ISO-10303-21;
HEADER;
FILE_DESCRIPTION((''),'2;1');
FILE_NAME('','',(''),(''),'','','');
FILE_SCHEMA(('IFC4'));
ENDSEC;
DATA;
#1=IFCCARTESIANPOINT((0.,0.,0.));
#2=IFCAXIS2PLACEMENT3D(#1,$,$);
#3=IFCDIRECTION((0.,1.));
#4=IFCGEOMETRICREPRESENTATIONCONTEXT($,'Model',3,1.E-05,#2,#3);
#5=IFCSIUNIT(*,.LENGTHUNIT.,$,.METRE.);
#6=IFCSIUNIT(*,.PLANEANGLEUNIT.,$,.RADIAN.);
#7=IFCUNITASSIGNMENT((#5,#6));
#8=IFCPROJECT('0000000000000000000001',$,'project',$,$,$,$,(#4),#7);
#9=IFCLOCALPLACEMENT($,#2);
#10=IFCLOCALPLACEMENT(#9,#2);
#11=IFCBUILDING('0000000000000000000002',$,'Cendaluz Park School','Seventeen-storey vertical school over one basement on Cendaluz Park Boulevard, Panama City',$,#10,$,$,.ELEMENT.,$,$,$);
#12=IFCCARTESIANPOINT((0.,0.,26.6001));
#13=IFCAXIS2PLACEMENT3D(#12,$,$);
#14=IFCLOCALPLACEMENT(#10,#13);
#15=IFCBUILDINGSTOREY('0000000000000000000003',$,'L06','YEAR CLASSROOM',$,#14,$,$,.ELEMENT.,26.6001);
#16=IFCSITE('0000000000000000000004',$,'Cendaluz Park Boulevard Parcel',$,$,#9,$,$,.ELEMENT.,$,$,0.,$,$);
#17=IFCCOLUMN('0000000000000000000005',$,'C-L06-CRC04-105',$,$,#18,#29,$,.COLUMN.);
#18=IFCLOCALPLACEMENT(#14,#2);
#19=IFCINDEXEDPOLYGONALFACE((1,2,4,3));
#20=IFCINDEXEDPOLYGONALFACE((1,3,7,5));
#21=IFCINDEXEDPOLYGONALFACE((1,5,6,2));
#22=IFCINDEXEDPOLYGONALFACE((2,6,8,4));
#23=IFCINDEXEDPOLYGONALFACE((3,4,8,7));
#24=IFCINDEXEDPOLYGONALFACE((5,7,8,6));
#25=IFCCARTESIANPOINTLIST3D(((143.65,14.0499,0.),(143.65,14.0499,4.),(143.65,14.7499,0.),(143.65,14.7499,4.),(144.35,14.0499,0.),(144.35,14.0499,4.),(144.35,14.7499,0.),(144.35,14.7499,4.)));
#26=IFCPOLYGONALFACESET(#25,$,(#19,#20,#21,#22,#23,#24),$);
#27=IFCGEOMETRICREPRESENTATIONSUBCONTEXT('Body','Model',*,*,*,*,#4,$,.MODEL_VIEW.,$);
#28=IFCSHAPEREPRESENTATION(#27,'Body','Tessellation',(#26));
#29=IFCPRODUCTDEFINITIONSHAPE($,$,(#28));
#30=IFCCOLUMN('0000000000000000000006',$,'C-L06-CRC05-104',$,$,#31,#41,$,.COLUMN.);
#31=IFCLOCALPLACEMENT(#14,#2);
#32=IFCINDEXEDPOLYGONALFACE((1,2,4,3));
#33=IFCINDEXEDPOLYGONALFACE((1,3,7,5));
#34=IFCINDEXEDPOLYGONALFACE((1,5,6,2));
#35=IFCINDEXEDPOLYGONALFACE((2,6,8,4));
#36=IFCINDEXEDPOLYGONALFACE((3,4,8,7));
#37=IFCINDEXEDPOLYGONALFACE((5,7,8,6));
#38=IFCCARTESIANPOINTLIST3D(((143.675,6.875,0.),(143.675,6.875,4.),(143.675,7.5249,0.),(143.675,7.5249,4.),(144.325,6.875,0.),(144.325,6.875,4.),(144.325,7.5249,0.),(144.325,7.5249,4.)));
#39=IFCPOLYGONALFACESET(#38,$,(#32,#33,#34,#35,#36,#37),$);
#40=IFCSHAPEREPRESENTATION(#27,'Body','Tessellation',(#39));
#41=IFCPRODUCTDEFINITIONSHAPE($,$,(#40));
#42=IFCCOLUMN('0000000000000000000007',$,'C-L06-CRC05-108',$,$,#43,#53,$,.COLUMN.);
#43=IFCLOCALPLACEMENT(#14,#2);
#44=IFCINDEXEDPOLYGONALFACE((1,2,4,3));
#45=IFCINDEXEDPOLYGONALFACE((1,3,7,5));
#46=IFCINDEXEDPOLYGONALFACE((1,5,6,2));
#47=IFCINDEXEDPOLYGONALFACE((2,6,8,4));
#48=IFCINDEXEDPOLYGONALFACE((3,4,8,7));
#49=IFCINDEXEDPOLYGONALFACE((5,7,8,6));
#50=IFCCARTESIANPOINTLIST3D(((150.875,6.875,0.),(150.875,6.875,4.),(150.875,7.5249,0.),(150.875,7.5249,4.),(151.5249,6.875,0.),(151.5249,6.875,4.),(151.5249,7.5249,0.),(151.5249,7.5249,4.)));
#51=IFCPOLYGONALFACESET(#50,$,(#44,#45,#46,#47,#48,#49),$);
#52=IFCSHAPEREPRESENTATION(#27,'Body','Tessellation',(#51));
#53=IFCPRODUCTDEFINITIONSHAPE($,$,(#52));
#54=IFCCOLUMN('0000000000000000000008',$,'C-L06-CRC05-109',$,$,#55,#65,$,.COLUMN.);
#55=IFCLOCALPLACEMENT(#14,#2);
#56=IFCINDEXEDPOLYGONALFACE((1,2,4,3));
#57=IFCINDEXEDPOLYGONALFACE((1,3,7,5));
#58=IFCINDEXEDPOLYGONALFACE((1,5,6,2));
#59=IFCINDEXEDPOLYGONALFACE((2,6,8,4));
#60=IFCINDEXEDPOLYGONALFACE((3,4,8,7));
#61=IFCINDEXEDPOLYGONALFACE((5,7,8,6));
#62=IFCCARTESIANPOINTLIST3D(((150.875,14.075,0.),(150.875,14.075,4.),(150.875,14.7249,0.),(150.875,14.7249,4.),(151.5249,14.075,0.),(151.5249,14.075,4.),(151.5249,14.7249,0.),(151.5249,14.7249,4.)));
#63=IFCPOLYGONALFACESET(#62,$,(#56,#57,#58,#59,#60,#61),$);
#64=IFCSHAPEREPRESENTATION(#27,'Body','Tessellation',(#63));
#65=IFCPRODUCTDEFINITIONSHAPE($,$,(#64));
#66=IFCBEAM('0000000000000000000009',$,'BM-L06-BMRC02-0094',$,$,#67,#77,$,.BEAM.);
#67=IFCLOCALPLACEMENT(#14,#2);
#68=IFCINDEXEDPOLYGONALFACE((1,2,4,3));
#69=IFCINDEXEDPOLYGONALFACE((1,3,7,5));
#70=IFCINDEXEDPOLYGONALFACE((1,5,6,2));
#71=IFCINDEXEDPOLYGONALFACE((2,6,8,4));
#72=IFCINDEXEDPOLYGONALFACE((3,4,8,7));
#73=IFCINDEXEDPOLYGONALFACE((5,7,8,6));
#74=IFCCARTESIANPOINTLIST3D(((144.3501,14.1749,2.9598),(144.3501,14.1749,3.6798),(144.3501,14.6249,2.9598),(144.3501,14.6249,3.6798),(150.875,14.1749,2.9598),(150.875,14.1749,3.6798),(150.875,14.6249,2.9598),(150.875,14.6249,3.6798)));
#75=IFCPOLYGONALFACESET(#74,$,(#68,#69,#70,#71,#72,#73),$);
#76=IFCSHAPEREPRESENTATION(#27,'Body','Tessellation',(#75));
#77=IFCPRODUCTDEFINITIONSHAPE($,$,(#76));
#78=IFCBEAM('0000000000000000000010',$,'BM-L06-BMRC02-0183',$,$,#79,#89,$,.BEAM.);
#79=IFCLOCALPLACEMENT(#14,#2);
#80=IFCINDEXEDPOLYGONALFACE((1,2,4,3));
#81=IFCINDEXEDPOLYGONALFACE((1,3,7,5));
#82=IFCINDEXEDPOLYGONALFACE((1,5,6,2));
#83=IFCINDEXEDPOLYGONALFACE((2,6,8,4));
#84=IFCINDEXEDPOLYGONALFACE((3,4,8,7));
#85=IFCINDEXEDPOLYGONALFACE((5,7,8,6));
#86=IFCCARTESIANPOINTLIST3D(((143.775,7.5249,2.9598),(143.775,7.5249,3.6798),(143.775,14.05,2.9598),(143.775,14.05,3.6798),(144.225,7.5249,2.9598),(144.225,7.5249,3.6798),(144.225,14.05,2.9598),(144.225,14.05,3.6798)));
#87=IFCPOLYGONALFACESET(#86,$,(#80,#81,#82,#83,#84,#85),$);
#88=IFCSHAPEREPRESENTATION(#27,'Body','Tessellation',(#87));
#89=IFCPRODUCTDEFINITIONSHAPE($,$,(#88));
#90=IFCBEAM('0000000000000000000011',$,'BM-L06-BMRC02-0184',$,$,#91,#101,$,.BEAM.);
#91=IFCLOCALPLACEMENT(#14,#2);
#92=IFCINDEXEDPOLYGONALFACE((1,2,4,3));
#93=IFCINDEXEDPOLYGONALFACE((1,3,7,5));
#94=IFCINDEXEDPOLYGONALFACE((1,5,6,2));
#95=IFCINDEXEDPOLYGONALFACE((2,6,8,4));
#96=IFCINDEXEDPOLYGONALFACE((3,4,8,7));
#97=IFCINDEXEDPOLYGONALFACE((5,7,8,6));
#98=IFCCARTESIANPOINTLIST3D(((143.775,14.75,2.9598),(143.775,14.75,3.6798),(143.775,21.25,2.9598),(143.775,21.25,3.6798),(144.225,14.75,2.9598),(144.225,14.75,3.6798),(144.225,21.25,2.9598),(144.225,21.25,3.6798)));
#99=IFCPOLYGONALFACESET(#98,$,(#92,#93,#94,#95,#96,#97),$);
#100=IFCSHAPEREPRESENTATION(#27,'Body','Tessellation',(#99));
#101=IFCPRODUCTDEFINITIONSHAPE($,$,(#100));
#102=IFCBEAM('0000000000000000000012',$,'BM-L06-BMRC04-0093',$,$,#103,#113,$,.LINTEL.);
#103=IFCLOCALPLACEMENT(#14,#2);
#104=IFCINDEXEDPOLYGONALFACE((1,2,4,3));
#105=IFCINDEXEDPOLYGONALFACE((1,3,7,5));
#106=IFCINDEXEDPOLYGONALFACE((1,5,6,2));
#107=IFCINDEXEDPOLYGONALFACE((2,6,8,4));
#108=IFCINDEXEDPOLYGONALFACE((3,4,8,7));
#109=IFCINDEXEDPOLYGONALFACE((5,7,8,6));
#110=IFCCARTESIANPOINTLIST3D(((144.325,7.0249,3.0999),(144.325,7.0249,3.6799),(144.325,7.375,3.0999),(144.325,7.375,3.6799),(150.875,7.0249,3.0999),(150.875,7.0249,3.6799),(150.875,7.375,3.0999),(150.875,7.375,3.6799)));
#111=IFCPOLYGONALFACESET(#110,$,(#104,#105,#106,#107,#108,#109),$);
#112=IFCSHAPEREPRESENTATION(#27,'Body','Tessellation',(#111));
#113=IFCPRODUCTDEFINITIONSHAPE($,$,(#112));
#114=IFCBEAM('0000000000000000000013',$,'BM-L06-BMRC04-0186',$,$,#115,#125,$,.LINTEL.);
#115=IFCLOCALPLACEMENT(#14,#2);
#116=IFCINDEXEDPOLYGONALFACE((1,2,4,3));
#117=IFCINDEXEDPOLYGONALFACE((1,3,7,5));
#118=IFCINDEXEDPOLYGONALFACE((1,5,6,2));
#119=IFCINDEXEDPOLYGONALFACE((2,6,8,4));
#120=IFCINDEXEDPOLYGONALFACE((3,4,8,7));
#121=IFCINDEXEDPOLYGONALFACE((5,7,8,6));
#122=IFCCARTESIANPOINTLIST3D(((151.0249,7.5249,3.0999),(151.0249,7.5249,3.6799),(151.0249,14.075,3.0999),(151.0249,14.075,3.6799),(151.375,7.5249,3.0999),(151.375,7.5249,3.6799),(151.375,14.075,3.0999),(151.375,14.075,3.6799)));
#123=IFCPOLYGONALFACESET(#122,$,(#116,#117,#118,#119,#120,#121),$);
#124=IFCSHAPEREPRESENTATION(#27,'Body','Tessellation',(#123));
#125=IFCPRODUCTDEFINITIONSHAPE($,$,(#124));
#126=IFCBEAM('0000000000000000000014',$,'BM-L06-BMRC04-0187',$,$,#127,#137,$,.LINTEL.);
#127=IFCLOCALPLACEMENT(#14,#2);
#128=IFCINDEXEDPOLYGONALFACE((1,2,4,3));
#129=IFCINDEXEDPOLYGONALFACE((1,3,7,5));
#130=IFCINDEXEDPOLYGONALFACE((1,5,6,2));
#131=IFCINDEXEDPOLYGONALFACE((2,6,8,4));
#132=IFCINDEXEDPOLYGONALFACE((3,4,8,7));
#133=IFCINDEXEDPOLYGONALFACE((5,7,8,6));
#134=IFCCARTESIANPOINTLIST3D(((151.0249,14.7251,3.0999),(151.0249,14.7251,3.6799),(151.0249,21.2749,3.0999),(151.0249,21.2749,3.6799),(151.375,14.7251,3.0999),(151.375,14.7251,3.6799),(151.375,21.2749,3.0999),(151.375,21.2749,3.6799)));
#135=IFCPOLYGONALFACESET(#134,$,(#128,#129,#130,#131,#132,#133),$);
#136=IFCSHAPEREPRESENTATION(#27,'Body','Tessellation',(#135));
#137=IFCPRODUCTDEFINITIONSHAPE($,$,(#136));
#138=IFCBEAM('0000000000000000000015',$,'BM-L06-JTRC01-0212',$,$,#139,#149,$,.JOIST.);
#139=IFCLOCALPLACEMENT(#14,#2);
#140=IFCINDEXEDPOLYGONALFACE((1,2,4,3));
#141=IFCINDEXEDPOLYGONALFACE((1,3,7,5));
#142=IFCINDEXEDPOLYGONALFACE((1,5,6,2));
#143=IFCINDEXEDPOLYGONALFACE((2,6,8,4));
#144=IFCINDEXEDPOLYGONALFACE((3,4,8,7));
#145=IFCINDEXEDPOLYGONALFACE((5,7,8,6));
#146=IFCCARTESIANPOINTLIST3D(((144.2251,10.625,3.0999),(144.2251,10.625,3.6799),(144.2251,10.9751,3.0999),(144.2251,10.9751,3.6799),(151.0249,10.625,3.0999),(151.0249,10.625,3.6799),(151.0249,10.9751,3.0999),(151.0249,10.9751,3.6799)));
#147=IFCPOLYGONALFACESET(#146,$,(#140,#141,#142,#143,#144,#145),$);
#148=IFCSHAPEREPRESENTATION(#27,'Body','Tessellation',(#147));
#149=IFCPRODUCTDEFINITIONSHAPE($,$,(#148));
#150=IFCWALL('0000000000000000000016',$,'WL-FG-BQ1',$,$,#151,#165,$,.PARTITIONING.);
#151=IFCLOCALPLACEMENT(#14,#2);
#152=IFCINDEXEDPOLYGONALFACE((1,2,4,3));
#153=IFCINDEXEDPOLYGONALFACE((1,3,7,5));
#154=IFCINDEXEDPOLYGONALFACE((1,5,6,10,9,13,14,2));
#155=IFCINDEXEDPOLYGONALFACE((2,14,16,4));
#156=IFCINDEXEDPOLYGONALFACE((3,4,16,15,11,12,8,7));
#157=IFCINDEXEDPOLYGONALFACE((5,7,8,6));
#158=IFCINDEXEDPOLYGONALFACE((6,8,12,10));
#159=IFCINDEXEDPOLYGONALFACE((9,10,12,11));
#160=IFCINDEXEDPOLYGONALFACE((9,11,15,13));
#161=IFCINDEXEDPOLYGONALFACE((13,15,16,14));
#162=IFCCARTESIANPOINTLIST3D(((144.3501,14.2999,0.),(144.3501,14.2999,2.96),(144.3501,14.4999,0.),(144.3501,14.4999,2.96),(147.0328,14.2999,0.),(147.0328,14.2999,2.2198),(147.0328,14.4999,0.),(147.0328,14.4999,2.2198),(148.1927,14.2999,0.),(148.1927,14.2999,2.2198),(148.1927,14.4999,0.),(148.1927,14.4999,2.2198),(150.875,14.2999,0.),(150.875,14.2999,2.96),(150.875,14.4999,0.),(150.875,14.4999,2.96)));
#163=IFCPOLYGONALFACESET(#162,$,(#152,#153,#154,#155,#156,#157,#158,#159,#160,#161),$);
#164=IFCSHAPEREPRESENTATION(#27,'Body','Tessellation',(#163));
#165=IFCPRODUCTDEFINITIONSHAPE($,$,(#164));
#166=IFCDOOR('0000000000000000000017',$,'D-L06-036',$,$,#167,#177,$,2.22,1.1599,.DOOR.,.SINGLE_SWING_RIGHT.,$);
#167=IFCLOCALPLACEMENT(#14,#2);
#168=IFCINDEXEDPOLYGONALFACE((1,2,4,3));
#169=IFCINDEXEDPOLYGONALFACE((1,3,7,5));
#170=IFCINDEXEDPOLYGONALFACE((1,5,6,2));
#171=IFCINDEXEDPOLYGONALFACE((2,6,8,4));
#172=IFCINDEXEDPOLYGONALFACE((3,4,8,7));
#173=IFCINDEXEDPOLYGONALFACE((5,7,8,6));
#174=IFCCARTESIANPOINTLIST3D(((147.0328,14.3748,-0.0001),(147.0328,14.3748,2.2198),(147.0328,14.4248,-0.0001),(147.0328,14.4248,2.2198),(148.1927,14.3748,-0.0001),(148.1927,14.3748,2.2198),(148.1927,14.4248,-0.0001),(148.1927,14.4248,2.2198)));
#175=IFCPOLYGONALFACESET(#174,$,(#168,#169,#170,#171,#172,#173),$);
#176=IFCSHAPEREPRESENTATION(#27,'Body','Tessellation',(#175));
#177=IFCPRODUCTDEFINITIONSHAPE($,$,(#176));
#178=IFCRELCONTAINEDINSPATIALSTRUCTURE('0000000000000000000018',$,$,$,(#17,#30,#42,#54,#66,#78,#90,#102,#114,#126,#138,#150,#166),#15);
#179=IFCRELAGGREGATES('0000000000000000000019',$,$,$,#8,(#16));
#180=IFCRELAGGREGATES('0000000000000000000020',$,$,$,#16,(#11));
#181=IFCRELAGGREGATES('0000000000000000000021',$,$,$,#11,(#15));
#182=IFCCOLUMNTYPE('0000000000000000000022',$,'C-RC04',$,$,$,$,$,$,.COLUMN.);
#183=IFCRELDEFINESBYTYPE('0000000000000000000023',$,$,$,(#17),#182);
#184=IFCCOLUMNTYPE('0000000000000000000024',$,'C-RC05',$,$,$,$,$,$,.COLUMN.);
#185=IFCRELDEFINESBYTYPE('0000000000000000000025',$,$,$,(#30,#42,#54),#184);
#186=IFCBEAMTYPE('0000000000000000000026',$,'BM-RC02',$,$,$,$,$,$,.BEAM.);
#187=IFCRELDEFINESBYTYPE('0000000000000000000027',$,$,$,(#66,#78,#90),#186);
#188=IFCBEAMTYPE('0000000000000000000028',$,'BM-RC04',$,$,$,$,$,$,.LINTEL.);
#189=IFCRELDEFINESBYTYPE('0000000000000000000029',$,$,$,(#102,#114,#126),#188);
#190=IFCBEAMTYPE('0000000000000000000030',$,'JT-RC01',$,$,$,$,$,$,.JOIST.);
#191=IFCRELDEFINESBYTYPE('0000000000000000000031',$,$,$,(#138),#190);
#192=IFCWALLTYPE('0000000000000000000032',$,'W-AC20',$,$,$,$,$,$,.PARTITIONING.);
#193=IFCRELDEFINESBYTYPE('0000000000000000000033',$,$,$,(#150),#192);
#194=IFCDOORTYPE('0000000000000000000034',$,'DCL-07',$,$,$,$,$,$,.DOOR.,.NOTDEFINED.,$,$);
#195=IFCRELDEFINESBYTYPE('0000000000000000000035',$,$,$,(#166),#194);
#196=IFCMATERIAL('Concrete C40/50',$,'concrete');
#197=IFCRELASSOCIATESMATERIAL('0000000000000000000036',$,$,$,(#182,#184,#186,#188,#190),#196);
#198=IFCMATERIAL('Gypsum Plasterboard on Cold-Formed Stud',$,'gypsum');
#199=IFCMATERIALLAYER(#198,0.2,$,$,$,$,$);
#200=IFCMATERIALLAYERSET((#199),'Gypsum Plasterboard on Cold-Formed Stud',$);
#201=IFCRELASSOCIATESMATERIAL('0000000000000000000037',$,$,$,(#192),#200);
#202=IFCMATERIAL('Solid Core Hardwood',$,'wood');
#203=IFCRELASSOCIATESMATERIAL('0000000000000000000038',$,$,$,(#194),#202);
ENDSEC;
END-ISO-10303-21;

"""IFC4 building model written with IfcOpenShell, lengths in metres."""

from ifc_helpers import new_model, si_unit, direction, frame, frame_2d, origin, origin_2d, place, context, subcontext, project, spatial, rectangle, extrude, material, layer, layer_set, material_profile, profile_set, type_object, element, fill, save


model = new_model("IFC4")

# Units and contexts
model_context = context("Model", 3, precision=1e-05, world=origin(), true_north=direction((0.0, 1.0)))
body_context = subcontext(model_context, "Body", "Model", "MODEL_VIEW")
ifc_project = project(units=[si_unit("LENGTHUNIT", "METRE"), si_unit("PLANEANGLEUNIT", "RADIAN")], contexts=[model_context])

# Site, building, storey
site_placement = place(None, origin())
site = spatial("IfcSite", under=ifc_project, at=site_placement, Name="Cendaluz Park Boulevard Parcel", CompositionType="ELEMENT", RefElevation=0.0)
building_placement = place(site_placement, origin())
building = spatial("IfcBuilding", under=site, at=building_placement, Name="Cendaluz Park School", Description="Seventeen-storey vertical school over one basement on Cendaluz Park Boulevard, Panama City", CompositionType="ELEMENT")
storey_placement = place(building_placement, frame((0.0, 0.0, 26.6001)))
storey = spatial("IfcBuildingStorey", under=building, at=storey_placement, Name="L06", Description="YEAR CLASSROOM", CompositionType="ELEMENT", Elevation=26.6001)

# Columns
ifc_material_1 = material(Name="Concrete C40/50", Category="concrete")
ifc_material_profile_1 = material_profile(ifc_material_1, rectangle(XDim=0.7, YDim=0.7, at=origin_2d()), Name="RC 700x700", Category="concrete")
ifc_profile_set_1 = profile_set([ifc_material_profile_1], Name="Concrete C40/50")
column_type_1 = type_object("IfcColumnType", Name="C-RC04", PredefinedType="COLUMN", material=ifc_profile_set_1)
column_placement = place(storey_placement, frame((144.0, 14.3999, 0.0), z_axis=(0.0, 0.0, 1.0), x_axis=(1.0, 0.0, 0.0)))
element("IfcColumn", 1, at=column_placement, inside=storey, type_object=column_type_1, Name="C-L06-CRC04-105", PredefinedType="COLUMN", context=body_context, shape_type="SweptSolid", body=[
    extrude(rectangle(XDim=0.7, YDim=0.7, at=origin_2d()), origin(), (0.0, 0.0, 1.0), 4.0),
])
ifc_material_profile_2 = material_profile(ifc_material_1, rectangle(XDim=0.6499, YDim=0.6499, at=origin_2d()), Name="RC 650x650", Category="concrete")
ifc_profile_set_2 = profile_set([ifc_material_profile_2], Name="Concrete C40/50")
column_type_2 = type_object("IfcColumnType", Name="C-RC05", PredefinedType="COLUMN", material=ifc_profile_set_2)
for number, where, z_axis, x_axis, name in (
    (2, (144.0, 7.2, 0.0), (0.0, 0.0, 1.0), (1.0, 0.0, 0.0), "C-L06-CRC05-104"),
    (3, (151.2, 7.2, 0.0), (0.0, 0.0, 1.0), (1.0, 0.0, 0.0), "C-L06-CRC05-108"),
    (4, (151.2, 14.3999, 0.0), (0.0, 0.0, 1.0), (1.0, 0.0, 0.0), "C-L06-CRC05-109"),
):
    element("IfcColumn", number, at=place(storey_placement, frame(where, z_axis=z_axis, x_axis=x_axis)), inside=storey, type_object=column_type_2, Name=name, PredefinedType="COLUMN", context=body_context, shape_type="SweptSolid", body=[
        extrude(rectangle(XDim=0.6499, YDim=0.6499, at=origin_2d()), origin(), (0.0, 0.0, 1.0), 4.0),
    ])

# Beams
ifc_material_profile_3 = material_profile(ifc_material_1, rectangle(XDim=0.45, YDim=0.72, at=origin_2d()), Name="RC 450x720", Category="concrete")
ifc_profile_set_3 = profile_set([ifc_material_profile_3], Name="Concrete C40/50")
beam_type_1 = type_object("IfcBeamType", Name="BM-RC02", PredefinedType="BEAM", material=ifc_profile_set_3)
beam_1_placement = place(storey_placement, frame((144.3501, 14.3999, 3.3198), z_axis=(1.0, 0.0, 0.0), x_axis=(0.0, 1.0, 0.0)))
element("IfcBeam", 5, at=beam_1_placement, inside=storey, type_object=beam_type_1, Name="BM-L06-BMRC02-0094", PredefinedType="BEAM", context=body_context, shape_type="SweptSolid", body=[
    extrude(rectangle(XDim=0.45, YDim=0.72, at=origin_2d()), origin(), (0.0, 0.0, 1.0), 6.5249),
])
beam_2_placement = place(storey_placement, frame((144.0, 7.5249, 3.3198), z_axis=(0.0, 1.0, 0.0), x_axis=(-1.0, 0.0, 0.0)))
element("IfcBeam", 6, at=beam_2_placement, inside=storey, type_object=beam_type_1, Name="BM-L06-BMRC02-0183", PredefinedType="BEAM", context=body_context, shape_type="SweptSolid", body=[
    extrude(rectangle(XDim=0.45, YDim=0.72, at=origin_2d()), origin(), (0.0, 0.0, 1.0), 6.5251),
])
beam_3_placement = place(storey_placement, frame((144.0, 14.75, 3.3198), z_axis=(0.0, 1.0, 0.0), x_axis=(-1.0, 0.0, 0.0)))
element("IfcBeam", 7, at=beam_3_placement, inside=storey, type_object=beam_type_1, Name="BM-L06-BMRC02-0184", PredefinedType="BEAM", context=body_context, shape_type="SweptSolid", body=[
    extrude(rectangle(XDim=0.45, YDim=0.72, at=origin_2d()), origin(), (0.0, 0.0, 1.0), 6.5),
])
ifc_material_profile_4 = material_profile(ifc_material_1, rectangle(XDim=0.3501, YDim=0.5801, at=origin_2d()), Name="RC 350x580", Category="concrete")
ifc_profile_set_4 = profile_set([ifc_material_profile_4], Name="Concrete C40/50")
beam_type_2 = type_object("IfcBeamType", Name="BM-RC04", PredefinedType="LINTEL", material=ifc_profile_set_4)
for number, where, z_axis, x_axis, name in (
    (8, (144.325, 7.2, 3.3899), (1.0, 0.0, 0.0), (0.0, 1.0, 0.0), "BM-L06-BMRC04-0093"),
    (9, (151.2, 7.5249, 3.3899), (0.0, 1.0, 0.0), (-1.0, 0.0, 0.0), "BM-L06-BMRC04-0186"),
):
    element("IfcBeam", number, at=place(storey_placement, frame(where, z_axis=z_axis, x_axis=x_axis)), inside=storey, type_object=beam_type_2, Name=name, PredefinedType="LINTEL", context=body_context, shape_type="SweptSolid", body=[
        extrude(rectangle(XDim=0.3501, YDim=0.5801, at=origin_2d()), origin(), (0.0, 0.0, 1.0), 6.55),
    ])
beam_4_placement = place(storey_placement, frame((151.2, 14.7251, 3.3899), z_axis=(0.0, 1.0, 0.0), x_axis=(-1.0, 0.0, 0.0)))
element("IfcBeam", 10, at=beam_4_placement, inside=storey, type_object=beam_type_2, Name="BM-L06-BMRC04-0187", PredefinedType="LINTEL", context=body_context, shape_type="SweptSolid", body=[
    extrude(rectangle(XDim=0.3501, YDim=0.5801, at=origin_2d()), origin(), (0.0, 0.0, 1.0), 6.5498),
])
ifc_material_profile_5 = material_profile(ifc_material_1, rectangle(XDim=0.3501, YDim=0.5801, at=origin_2d()), Name="RC 350x580", Category="concrete")
ifc_profile_set_5 = profile_set([ifc_material_profile_5], Name="Concrete C40/50")
beam_type_3 = type_object("IfcBeamType", Name="JT-RC01", PredefinedType="JOIST", material=ifc_profile_set_5)
beam_5_placement = place(storey_placement, frame((144.2251, 10.8, 3.3899), z_axis=(1.0, 0.0, 0.0), x_axis=(0.0, 1.0, 0.0)))
element("IfcBeam", 11, at=beam_5_placement, inside=storey, type_object=beam_type_3, Name="BM-L06-JTRC01-0212", PredefinedType="JOIST", context=body_context, shape_type="SweptSolid", body=[
    extrude(rectangle(XDim=0.3501, YDim=0.5801, at=origin_2d()), origin(), (0.0, 0.0, 1.0), 6.7998),
])

# Wall, opening, door
ifc_material_2 = material(Name="Gypsum Plasterboard on Cold-Formed Stud", Category="gypsum")
ifc_layer_1 = layer(ifc_material_2, 0.2)
ifc_layer_set_1 = layer_set([ifc_layer_1], Name="Gypsum Plasterboard on Cold-Formed Stud")
wall_type_1 = type_object("IfcWallType", Name="W-AC20", PredefinedType="PARTITIONING", material=ifc_layer_set_1)
wall_1_placement = place(storey_placement, frame((144.3501, 14.3999, 0.0), z_axis=(0.0, 0.0, 1.0), x_axis=(1.0, 0.0, 0.0)))
wall_1 = element("IfcWall", 12, at=wall_1_placement, inside=storey, type_object=wall_type_1, Name="WL-FG-BQ1", PredefinedType="PARTITIONING", context=body_context, shape_type="SweptSolid", body=[
    extrude(rectangle(XDim=6.5249, YDim=0.2, at=frame_2d((3.2625, 0.0))), origin(), (0.0, 0.0, 1.0), 2.96),
])
opening_1_placement = place(wall_1_placement, frame((2.6826, 0.0, 0.0)))
opening_1 = element("IfcOpeningElement", 13, at=opening_1_placement, cuts=wall_1, PredefinedType="OPENING", context=body_context, shape_type="SweptSolid", body=[
    extrude(rectangle(XDim=1.1599, YDim=2.22, at=frame_2d((0.5801, 1.1099))), frame((0.0, 0.1121, 0.0), z_axis=(0.0, -1.0, 0.0), x_axis=(1.0, 0.0, 0.0)), (0.0, 0.0, 1.0), 0.2239),
])
ifc_material_3 = material(Name="Solid Core Hardwood", Category="wood")
door_type_1 = type_object("IfcDoorType", Name="DCL-07", OperationType="NOTDEFINED", PredefinedType="DOOR", material=ifc_material_3)
door_1_placement = place(opening_1_placement, origin())
door_1 = element("IfcDoor", 14, at=door_1_placement, inside=storey, type_object=door_type_1, Name="D-L06-036", OperationType="SINGLE_SWING_RIGHT", OverallHeight=2.22, OverallWidth=1.1599, PredefinedType="DOOR", context=body_context, shape_type="SweptSolid", body=[
    extrude(rectangle(XDim=1.1599, YDim=2.22, at=frame_2d((0.5801, 1.1099))), frame((0.0, 0.0249, 0.0), z_axis=(0.0, -1.0, 0.0), x_axis=(1.0, 0.0, 0.0)), (0.0, 0.0, 1.0), 0.05),
])
fill(opening_1, door_1)

save(model, "model.ifc")
